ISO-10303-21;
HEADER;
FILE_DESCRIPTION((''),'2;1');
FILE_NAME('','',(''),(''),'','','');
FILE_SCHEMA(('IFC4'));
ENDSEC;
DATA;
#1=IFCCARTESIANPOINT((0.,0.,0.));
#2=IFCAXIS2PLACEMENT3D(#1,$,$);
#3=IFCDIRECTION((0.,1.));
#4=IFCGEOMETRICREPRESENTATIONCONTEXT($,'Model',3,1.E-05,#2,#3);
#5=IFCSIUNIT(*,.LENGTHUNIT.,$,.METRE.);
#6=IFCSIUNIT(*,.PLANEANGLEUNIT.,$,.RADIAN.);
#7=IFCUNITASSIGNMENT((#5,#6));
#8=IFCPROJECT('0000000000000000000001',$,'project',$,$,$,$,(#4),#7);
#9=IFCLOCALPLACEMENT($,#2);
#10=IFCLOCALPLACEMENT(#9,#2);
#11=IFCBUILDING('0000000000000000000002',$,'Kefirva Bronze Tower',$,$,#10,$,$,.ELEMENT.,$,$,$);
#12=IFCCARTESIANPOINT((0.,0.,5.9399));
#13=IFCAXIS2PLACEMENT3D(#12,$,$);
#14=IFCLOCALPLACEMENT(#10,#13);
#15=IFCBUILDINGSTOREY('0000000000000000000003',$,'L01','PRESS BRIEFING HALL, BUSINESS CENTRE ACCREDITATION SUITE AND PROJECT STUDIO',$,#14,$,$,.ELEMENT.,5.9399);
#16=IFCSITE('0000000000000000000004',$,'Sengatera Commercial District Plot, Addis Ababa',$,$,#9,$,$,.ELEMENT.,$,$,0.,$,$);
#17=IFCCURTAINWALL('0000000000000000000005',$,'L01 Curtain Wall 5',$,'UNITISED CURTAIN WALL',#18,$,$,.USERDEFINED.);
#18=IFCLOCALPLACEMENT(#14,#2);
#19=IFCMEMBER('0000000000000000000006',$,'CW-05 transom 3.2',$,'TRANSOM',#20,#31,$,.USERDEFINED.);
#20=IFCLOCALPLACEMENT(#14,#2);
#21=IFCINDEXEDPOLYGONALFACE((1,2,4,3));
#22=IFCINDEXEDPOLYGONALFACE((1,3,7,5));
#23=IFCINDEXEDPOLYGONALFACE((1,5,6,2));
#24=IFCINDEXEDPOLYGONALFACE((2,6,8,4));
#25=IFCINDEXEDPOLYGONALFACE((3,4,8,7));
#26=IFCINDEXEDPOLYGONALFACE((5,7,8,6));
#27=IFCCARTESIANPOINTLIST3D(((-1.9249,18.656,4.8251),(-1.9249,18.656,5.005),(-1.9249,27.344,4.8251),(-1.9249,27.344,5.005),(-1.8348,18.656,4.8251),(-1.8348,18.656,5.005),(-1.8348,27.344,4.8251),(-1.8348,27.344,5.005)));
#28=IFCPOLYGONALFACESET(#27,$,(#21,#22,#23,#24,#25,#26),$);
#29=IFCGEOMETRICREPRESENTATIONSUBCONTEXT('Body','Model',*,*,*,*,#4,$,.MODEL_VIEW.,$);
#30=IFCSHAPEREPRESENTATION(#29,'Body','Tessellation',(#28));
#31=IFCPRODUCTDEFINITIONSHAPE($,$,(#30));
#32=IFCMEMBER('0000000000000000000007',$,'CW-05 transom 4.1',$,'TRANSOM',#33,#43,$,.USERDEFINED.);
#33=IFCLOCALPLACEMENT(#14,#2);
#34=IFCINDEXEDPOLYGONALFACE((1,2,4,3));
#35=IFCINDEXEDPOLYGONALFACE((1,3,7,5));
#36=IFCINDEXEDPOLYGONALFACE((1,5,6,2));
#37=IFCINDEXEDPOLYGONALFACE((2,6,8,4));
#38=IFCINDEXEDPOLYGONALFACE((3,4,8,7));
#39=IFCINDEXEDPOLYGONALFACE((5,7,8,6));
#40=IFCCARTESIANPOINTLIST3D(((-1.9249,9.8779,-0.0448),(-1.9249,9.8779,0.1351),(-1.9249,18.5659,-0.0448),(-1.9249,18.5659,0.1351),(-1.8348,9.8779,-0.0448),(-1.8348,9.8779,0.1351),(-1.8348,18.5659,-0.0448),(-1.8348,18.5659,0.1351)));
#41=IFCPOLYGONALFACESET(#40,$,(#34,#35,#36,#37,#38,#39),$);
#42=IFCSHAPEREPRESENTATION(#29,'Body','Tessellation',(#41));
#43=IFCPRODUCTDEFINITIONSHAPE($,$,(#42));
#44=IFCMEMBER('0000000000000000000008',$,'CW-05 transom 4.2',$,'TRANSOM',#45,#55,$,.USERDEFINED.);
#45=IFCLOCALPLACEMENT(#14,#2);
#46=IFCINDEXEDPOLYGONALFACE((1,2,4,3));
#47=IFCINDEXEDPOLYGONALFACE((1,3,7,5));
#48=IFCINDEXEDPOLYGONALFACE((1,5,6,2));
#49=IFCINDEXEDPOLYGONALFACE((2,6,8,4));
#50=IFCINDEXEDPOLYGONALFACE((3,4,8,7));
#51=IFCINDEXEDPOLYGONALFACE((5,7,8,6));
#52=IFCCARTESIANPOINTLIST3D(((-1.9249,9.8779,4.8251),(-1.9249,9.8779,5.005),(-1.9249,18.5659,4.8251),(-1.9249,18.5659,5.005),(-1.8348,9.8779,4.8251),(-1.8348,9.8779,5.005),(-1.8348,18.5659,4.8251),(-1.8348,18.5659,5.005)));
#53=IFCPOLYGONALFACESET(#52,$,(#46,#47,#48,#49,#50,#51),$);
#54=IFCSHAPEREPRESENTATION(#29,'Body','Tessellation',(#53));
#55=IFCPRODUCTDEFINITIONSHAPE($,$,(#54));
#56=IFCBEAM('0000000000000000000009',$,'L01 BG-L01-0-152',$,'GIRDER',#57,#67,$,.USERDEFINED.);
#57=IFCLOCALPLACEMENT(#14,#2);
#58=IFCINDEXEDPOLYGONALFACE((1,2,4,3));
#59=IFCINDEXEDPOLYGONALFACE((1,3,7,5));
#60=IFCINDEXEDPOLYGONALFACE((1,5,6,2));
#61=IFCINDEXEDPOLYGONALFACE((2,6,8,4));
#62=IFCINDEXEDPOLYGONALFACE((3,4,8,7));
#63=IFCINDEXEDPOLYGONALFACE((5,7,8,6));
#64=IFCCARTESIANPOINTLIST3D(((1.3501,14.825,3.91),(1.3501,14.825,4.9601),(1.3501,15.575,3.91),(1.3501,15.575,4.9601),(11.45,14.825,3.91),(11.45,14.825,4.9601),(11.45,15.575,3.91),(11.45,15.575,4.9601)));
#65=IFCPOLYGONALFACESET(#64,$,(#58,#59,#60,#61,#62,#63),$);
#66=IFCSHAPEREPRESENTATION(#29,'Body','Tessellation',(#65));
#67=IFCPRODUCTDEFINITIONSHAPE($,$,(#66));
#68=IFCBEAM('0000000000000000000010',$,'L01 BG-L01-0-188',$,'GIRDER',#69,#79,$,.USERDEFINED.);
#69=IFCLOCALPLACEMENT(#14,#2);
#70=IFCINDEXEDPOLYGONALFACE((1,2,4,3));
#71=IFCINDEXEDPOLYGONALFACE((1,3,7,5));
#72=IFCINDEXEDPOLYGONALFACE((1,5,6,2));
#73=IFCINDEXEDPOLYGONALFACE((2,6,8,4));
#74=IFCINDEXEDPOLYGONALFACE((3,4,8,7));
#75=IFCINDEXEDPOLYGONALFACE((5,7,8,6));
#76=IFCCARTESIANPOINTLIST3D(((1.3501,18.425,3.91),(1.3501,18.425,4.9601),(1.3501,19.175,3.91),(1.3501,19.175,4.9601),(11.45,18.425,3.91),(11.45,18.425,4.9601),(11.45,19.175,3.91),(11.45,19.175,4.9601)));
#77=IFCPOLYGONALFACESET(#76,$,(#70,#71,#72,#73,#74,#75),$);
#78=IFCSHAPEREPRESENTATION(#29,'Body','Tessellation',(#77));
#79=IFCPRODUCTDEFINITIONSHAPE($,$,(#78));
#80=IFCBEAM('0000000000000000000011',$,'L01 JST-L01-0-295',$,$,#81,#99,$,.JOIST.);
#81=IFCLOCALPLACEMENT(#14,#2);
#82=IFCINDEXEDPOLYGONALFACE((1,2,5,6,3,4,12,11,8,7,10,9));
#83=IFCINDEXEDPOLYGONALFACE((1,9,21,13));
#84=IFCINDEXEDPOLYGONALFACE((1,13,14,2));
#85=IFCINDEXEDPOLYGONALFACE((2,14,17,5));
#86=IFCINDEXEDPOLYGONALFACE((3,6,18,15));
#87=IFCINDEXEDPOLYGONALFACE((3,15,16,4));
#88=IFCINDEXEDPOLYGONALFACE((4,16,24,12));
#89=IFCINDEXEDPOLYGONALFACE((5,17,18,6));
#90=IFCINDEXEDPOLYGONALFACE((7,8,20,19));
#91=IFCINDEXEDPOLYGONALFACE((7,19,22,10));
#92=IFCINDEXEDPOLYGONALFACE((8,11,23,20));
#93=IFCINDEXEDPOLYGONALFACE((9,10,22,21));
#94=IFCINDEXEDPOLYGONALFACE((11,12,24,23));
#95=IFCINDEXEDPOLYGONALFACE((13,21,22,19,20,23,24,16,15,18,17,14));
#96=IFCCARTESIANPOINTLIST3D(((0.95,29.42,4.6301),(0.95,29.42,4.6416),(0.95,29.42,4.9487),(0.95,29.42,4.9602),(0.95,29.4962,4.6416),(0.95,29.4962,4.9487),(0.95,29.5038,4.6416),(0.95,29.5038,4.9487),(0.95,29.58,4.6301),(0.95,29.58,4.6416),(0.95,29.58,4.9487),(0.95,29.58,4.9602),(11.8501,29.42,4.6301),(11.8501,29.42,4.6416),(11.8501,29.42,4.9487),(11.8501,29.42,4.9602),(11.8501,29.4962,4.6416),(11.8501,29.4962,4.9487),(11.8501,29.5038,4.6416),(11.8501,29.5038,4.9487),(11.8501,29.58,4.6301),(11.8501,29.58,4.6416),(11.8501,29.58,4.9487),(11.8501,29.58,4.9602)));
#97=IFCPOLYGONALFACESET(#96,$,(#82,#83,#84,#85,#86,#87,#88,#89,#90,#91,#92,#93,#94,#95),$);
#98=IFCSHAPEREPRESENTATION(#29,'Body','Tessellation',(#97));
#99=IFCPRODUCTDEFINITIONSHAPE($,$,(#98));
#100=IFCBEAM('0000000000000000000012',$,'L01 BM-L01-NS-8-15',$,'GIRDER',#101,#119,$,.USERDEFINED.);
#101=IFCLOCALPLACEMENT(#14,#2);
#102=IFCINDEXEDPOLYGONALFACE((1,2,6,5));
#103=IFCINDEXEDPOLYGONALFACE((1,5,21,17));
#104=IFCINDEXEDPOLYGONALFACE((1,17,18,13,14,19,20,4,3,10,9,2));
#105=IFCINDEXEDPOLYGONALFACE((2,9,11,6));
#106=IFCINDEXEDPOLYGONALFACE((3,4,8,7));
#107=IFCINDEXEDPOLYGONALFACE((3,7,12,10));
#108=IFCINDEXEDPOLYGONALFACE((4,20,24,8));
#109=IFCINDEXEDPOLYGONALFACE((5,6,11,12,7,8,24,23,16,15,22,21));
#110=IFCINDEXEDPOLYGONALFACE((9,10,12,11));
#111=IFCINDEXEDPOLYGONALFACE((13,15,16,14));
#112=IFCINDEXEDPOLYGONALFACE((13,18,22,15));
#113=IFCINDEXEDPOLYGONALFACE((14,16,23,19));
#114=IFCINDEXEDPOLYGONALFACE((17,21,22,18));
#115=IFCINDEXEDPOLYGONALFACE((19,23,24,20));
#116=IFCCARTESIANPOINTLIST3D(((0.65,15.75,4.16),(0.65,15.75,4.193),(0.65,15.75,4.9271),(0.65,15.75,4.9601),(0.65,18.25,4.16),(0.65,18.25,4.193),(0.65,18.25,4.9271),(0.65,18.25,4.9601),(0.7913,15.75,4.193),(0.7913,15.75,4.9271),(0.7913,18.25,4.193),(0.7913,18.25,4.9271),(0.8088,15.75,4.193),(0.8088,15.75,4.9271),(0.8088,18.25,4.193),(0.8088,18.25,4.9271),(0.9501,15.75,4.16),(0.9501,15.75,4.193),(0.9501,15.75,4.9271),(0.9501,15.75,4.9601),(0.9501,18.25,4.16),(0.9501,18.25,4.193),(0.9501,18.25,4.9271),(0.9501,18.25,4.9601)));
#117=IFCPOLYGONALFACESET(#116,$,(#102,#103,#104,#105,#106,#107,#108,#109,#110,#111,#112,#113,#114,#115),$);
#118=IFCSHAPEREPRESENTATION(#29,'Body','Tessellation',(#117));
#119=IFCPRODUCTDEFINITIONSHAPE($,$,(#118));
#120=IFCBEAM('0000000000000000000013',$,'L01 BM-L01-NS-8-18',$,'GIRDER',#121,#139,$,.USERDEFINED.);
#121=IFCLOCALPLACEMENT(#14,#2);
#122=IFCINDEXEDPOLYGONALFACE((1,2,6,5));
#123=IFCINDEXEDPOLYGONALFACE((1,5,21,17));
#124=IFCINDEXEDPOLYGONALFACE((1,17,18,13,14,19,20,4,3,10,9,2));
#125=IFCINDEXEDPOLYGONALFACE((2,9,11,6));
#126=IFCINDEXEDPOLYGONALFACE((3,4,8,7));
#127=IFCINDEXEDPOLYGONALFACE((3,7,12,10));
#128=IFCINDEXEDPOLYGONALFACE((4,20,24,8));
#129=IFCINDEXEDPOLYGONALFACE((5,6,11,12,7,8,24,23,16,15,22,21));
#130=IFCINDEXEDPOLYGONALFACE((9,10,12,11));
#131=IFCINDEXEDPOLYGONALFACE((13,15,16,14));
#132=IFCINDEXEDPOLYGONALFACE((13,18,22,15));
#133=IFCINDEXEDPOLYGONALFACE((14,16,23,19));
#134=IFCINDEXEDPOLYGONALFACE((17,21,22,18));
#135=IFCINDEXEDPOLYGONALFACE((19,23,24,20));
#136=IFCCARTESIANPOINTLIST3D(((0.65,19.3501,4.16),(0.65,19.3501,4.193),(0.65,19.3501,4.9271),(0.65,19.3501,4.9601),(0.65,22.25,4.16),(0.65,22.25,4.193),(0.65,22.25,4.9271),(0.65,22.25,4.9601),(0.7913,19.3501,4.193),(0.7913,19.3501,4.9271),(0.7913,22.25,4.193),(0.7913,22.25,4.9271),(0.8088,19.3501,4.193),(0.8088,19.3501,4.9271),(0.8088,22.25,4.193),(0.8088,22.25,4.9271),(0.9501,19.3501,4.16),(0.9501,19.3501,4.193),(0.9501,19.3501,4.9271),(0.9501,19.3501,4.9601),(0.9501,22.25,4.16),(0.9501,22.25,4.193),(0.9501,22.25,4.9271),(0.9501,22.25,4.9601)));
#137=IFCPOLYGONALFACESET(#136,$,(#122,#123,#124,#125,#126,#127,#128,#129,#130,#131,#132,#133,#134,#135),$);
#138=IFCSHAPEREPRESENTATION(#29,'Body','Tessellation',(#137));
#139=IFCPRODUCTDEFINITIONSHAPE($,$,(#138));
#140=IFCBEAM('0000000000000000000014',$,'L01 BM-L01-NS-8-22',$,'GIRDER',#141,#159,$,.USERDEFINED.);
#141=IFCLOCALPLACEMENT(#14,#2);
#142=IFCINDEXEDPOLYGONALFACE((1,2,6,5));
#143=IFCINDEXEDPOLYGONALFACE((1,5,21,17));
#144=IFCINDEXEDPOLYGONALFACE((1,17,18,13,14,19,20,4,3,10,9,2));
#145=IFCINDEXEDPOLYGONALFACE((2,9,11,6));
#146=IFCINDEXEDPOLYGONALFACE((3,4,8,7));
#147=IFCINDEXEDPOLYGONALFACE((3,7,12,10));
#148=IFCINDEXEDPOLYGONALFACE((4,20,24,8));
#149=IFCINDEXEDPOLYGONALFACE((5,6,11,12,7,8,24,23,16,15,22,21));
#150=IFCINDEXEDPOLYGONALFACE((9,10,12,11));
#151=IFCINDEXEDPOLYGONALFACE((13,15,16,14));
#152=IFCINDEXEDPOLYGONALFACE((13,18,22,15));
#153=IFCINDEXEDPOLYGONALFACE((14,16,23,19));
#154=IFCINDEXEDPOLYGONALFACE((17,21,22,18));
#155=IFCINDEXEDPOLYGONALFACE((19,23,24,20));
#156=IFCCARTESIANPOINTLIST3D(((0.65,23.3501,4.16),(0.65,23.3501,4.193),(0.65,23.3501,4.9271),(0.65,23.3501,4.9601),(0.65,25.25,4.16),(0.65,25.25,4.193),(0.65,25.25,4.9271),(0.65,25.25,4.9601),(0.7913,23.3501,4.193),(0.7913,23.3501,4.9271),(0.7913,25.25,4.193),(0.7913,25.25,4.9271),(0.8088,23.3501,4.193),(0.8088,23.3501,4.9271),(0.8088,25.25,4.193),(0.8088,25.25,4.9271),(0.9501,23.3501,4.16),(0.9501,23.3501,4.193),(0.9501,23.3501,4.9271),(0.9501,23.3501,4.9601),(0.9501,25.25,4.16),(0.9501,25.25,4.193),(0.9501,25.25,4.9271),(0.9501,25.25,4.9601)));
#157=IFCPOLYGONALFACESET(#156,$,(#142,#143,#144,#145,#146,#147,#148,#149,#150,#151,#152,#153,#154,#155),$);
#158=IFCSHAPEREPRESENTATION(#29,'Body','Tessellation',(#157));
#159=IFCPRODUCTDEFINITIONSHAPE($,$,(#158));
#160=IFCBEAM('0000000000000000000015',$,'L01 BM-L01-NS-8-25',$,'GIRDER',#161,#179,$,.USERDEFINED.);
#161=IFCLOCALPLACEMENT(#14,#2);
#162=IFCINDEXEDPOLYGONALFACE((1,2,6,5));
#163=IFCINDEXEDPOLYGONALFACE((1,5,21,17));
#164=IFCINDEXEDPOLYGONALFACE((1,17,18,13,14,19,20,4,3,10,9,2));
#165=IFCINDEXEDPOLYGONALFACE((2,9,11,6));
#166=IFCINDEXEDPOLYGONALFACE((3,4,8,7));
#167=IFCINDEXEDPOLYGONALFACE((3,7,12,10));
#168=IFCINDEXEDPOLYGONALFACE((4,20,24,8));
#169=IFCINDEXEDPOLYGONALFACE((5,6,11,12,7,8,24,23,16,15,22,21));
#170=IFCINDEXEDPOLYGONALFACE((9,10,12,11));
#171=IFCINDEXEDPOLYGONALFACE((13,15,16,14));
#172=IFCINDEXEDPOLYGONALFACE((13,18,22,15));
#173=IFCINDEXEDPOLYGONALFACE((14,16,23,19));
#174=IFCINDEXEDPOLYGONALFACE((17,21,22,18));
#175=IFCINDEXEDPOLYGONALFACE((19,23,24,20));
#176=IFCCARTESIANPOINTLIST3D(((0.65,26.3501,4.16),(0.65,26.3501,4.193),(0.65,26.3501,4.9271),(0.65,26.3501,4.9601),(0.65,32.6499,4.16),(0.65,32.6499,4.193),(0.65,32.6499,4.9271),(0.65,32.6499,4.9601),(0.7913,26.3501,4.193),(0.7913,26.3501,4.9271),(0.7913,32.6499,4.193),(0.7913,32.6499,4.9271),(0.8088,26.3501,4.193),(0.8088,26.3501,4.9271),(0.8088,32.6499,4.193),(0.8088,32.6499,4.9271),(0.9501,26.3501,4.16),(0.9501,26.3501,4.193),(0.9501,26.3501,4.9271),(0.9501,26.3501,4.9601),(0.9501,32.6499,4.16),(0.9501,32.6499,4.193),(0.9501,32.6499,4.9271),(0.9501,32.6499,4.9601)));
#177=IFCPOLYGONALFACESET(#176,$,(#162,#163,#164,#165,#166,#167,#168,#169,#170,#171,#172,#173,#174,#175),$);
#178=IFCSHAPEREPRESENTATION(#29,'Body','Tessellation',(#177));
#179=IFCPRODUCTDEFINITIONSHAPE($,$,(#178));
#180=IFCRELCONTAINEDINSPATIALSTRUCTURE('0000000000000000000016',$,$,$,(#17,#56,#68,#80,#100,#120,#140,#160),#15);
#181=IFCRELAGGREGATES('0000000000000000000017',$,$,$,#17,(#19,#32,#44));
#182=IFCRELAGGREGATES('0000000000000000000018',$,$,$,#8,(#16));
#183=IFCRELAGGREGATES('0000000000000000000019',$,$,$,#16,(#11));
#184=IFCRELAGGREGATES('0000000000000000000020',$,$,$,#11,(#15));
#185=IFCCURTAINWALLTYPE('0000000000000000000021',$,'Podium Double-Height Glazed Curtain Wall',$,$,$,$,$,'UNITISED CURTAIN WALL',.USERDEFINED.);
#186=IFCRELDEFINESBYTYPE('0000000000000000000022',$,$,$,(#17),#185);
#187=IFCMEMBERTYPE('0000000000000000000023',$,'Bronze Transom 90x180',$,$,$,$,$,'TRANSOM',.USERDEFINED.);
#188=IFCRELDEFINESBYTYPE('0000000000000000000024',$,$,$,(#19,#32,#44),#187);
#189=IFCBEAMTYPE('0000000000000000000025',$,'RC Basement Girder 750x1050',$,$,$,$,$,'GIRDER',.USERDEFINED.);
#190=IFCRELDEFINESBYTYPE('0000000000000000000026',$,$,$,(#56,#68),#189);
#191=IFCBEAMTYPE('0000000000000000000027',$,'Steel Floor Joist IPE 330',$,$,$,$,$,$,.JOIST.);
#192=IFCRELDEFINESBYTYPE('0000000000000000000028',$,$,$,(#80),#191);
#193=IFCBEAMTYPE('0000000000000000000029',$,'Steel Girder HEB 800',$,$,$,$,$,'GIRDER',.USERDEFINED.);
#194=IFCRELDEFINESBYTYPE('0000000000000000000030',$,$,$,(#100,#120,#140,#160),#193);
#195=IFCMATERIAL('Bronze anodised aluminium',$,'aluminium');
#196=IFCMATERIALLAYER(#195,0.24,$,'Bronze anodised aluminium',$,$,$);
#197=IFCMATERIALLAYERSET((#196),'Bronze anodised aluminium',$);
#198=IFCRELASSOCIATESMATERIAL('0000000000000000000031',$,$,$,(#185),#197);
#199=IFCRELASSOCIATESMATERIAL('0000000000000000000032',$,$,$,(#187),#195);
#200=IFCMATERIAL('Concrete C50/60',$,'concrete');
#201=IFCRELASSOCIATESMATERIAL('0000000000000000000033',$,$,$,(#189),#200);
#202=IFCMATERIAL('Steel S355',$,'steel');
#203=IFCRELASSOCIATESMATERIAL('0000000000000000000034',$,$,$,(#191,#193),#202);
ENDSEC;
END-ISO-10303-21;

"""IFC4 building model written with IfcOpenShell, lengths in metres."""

from ifc_helpers import new_model, si_unit, direction, frame, origin, origin_2d, place, context, subcontext, project, spatial, rectangle, i_section, extrude, material, layer, layer_set, material_profile, profile_set, type_object, element, aggregate, save


model = new_model("IFC4")

# Units and contexts
model_context = context("Model", 3, precision=1e-05, world=origin(), true_north=direction((0.0, 1.0)))
body_context = subcontext(model_context, "Body", "Model", "MODEL_VIEW")
ifc_project = project(units=[si_unit("LENGTHUNIT", "METRE"), si_unit("PLANEANGLEUNIT", "RADIAN")], contexts=[model_context])

# Site, building, storey
site_placement = place(None, origin())
site = spatial("IfcSite", under=ifc_project, at=site_placement, Name="Sengatera Commercial District Plot, Addis Ababa", CompositionType="ELEMENT", RefElevation=0.0)
building_placement = place(site_placement, origin())
building = spatial("IfcBuilding", under=site, at=building_placement, Name="Kefirva Bronze Tower", CompositionType="ELEMENT")
storey_placement = place(building_placement, frame((0.0, 0.0, 5.9399)))
storey = spatial("IfcBuildingStorey", under=building, at=storey_placement, Name="L01", Description="PRESS BRIEFING HALL, BUSINESS CENTRE ACCREDITATION SUITE AND PROJECT STUDIO", CompositionType="ELEMENT", Elevation=5.9399)

# Curtain wall, members
ifc_material_1 = material(Name="Bronze anodised aluminium", Category="aluminium")
ifc_layer_1 = layer(ifc_material_1, 0.24, Name="Bronze anodised aluminium")
ifc_layer_set_1 = layer_set([ifc_layer_1], Name="Bronze anodised aluminium")
curtain_wall_type = type_object("IfcCurtainWallType", Name="Podium Double-Height Glazed Curtain Wall", ElementType="UNITISED CURTAIN WALL", PredefinedType="USERDEFINED", material=ifc_layer_set_1)
curtain_wall_placement = place(storey_placement, origin())
curtain_wall = element("IfcCurtainWall", 1, at=curtain_wall_placement, inside=storey, type_object=curtain_wall_type, Name="L01 Curtain Wall 5", ObjectType="UNITISED CURTAIN WALL", PredefinedType="USERDEFINED")
ifc_material_profile_1 = material_profile(ifc_material_1, rectangle(XDim=0.0901, YDim=0.1799, at=origin_2d()), Name="ALU 90x180")
ifc_profile_set_1 = profile_set([ifc_material_profile_1], Name="Bronze anodised aluminium")
member_type_1 = type_object("IfcMemberType", Name="Bronze Transom 90x180", ElementType="TRANSOM", PredefinedType="USERDEFINED", material=ifc_profile_set_1)
member_1_placement = place(storey_placement, frame((-1.8799, 27.344, 4.915), z_axis=(0.0, -1.0, 0.0), x_axis=(1.0, 0.0, 0.0)))
member_1 = element("IfcMember", 2, at=member_1_placement, type_object=member_type_1, Name="CW-05 transom 3.2", ObjectType="TRANSOM", PredefinedType="USERDEFINED", context=body_context, shape_type="SweptSolid", body=[
    extrude(rectangle(XDim=0.0901, YDim=0.1799, at=origin_2d()), origin(), (0.0, 0.0, 1.0), 8.688),
])
member_2_placement = place(storey_placement, frame((-1.8799, 18.5659, 0.0452), z_axis=(0.0, -1.0, 0.0), x_axis=(1.0, 0.0, 0.0)))
member_2 = element("IfcMember", 3, at=member_2_placement, type_object=member_type_1, Name="CW-05 transom 4.1", ObjectType="TRANSOM", PredefinedType="USERDEFINED", context=body_context, shape_type="SweptSolid", body=[
    extrude(rectangle(XDim=0.0901, YDim=0.1799, at=origin_2d()), origin(), (0.0, 0.0, 1.0), 8.688),
])
member_3_placement = place(storey_placement, frame((-1.8799, 18.5659, 4.915), z_axis=(0.0, -1.0, 0.0), x_axis=(1.0, 0.0, 0.0)))
member_3 = element("IfcMember", 4, at=member_3_placement, type_object=member_type_1, Name="CW-05 transom 4.2", ObjectType="TRANSOM", PredefinedType="USERDEFINED", context=body_context, shape_type="SweptSolid", body=[
    extrude(rectangle(XDim=0.0901, YDim=0.1799, at=origin_2d()), origin(), (0.0, 0.0, 1.0), 8.688),
])

# Beams
ifc_material_2 = material(Name="Concrete C50/60", Category="concrete")
ifc_material_profile_2 = material_profile(ifc_material_2, rectangle(XDim=0.75, YDim=1.05, at=origin_2d()), Name="RC 750x1050")
ifc_profile_set_2 = profile_set([ifc_material_profile_2], Name="Concrete C50/60")
beam_type_1 = type_object("IfcBeamType", Name="RC Basement Girder 750x1050", ElementType="GIRDER", PredefinedType="USERDEFINED", material=ifc_profile_set_2)
for number, where, z_axis, x_axis, name in (
    (5, (1.3501, 15.2, 4.4351), (1.0, 0.0, 0.0), (0.0, 1.0, 0.0), "L01 BG-L01-0-152"),
    (6, (1.3501, 18.8, 4.4351), (1.0, 0.0, 0.0), (0.0, 1.0, 0.0), "L01 BG-L01-0-188"),
):
    element("IfcBeam", number, at=place(storey_placement, frame(where, z_axis=z_axis, x_axis=x_axis)), inside=storey, type_object=beam_type_1, Name=name, ObjectType="GIRDER", PredefinedType="USERDEFINED", context=body_context, shape_type="SweptSolid", body=[
        extrude(rectangle(XDim=0.75, YDim=1.05, at=origin_2d()), origin(), (0.0, 0.0, 1.0), 10.0999),
    ])
ifc_material_3 = material(Name="Steel S355", Category="steel")
ifc_material_profile_3 = material_profile(ifc_material_3, i_section(OverallWidth=0.1599, OverallDepth=0.3301, WebThickness=0.0076, FlangeThickness=0.0115, at=origin_2d()), Name="IPE 330")
ifc_profile_set_3 = profile_set([ifc_material_profile_3], Name="Steel S355")
beam_type_2 = type_object("IfcBeamType", Name="Steel Floor Joist IPE 330", PredefinedType="JOIST", material=ifc_profile_set_3)
beam_1_placement = place(storey_placement, frame((0.95, 29.5, 4.7952), z_axis=(1.0, 0.0, 0.0), x_axis=(0.0, 1.0, 0.0)))
element("IfcBeam", 7, at=beam_1_placement, inside=storey, type_object=beam_type_2, Name="L01 JST-L01-0-295", PredefinedType="JOIST", context=body_context, shape_type="SweptSolid", body=[
    extrude(i_section(OverallWidth=0.1599, OverallDepth=0.3301, WebThickness=0.0076, FlangeThickness=0.0115, at=origin_2d()), origin(), (0.0, 0.0, 1.0), 10.9001),
])
ifc_material_profile_4 = material_profile(ifc_material_3, i_section(OverallWidth=0.3, OverallDepth=0.8, WebThickness=0.0176, FlangeThickness=0.033, at=origin_2d()), Name="HEB 800")
ifc_profile_set_4 = profile_set([ifc_material_profile_4], Name="Steel S355")
beam_type_3 = type_object("IfcBeamType", Name="Steel Girder HEB 800", ElementType="GIRDER", PredefinedType="USERDEFINED", material=ifc_profile_set_4)
beam_2_placement = place(storey_placement, frame((0.8, 15.75, 4.5601), z_axis=(0.0, 1.0, 0.0), x_axis=(-1.0, 0.0, 0.0)))
element("IfcBeam", 8, at=beam_2_placement, inside=storey, type_object=beam_type_3, Name="L01 BM-L01-NS-8-15", ObjectType="GIRDER", PredefinedType="USERDEFINED", context=body_context, shape_type="SweptSolid", body=[
    extrude(i_section(OverallWidth=0.3, OverallDepth=0.8, WebThickness=0.0176, FlangeThickness=0.033, at=origin_2d()), origin(), (0.0, 0.0, 1.0), 2.5),
])
beam_3_placement = place(storey_placement, frame((0.8, 19.3501, 4.5601), z_axis=(0.0, 1.0, 0.0), x_axis=(-1.0, 0.0, 0.0)))
element("IfcBeam", 9, at=beam_3_placement, inside=storey, type_object=beam_type_3, Name="L01 BM-L01-NS-8-18", ObjectType="GIRDER", PredefinedType="USERDEFINED", context=body_context, shape_type="SweptSolid", body=[
    extrude(i_section(OverallWidth=0.3, OverallDepth=0.8, WebThickness=0.0176, FlangeThickness=0.033, at=origin_2d()), origin(), (0.0, 0.0, 1.0), 2.8999),
])
beam_4_placement = place(storey_placement, frame((0.8, 23.3501, 4.5601), z_axis=(0.0, 1.0, 0.0), x_axis=(-1.0, 0.0, 0.0)))
element("IfcBeam", 10, at=beam_4_placement, inside=storey, type_object=beam_type_3, Name="L01 BM-L01-NS-8-22", ObjectType="GIRDER", PredefinedType="USERDEFINED", context=body_context, shape_type="SweptSolid", body=[
    extrude(i_section(OverallWidth=0.3, OverallDepth=0.8, WebThickness=0.0176, FlangeThickness=0.033, at=origin_2d()), origin(), (0.0, 0.0, 1.0), 1.8999),
])
beam_5_placement = place(storey_placement, frame((0.8, 26.3501, 4.5601), z_axis=(0.0, 1.0, 0.0), x_axis=(-1.0, 0.0, 0.0)))
element("IfcBeam", 11, at=beam_5_placement, inside=storey, type_object=beam_type_3, Name="L01 BM-L01-NS-8-25", ObjectType="GIRDER", PredefinedType="USERDEFINED", context=body_context, shape_type="SweptSolid", body=[
    extrude(i_section(OverallWidth=0.3, OverallDepth=0.8, WebThickness=0.0176, FlangeThickness=0.033, at=origin_2d()), origin(), (0.0, 0.0, 1.0), 6.2998),
])

aggregate(curtain_wall, [member_1, member_2, member_3])

save(model, "model.ifc")
